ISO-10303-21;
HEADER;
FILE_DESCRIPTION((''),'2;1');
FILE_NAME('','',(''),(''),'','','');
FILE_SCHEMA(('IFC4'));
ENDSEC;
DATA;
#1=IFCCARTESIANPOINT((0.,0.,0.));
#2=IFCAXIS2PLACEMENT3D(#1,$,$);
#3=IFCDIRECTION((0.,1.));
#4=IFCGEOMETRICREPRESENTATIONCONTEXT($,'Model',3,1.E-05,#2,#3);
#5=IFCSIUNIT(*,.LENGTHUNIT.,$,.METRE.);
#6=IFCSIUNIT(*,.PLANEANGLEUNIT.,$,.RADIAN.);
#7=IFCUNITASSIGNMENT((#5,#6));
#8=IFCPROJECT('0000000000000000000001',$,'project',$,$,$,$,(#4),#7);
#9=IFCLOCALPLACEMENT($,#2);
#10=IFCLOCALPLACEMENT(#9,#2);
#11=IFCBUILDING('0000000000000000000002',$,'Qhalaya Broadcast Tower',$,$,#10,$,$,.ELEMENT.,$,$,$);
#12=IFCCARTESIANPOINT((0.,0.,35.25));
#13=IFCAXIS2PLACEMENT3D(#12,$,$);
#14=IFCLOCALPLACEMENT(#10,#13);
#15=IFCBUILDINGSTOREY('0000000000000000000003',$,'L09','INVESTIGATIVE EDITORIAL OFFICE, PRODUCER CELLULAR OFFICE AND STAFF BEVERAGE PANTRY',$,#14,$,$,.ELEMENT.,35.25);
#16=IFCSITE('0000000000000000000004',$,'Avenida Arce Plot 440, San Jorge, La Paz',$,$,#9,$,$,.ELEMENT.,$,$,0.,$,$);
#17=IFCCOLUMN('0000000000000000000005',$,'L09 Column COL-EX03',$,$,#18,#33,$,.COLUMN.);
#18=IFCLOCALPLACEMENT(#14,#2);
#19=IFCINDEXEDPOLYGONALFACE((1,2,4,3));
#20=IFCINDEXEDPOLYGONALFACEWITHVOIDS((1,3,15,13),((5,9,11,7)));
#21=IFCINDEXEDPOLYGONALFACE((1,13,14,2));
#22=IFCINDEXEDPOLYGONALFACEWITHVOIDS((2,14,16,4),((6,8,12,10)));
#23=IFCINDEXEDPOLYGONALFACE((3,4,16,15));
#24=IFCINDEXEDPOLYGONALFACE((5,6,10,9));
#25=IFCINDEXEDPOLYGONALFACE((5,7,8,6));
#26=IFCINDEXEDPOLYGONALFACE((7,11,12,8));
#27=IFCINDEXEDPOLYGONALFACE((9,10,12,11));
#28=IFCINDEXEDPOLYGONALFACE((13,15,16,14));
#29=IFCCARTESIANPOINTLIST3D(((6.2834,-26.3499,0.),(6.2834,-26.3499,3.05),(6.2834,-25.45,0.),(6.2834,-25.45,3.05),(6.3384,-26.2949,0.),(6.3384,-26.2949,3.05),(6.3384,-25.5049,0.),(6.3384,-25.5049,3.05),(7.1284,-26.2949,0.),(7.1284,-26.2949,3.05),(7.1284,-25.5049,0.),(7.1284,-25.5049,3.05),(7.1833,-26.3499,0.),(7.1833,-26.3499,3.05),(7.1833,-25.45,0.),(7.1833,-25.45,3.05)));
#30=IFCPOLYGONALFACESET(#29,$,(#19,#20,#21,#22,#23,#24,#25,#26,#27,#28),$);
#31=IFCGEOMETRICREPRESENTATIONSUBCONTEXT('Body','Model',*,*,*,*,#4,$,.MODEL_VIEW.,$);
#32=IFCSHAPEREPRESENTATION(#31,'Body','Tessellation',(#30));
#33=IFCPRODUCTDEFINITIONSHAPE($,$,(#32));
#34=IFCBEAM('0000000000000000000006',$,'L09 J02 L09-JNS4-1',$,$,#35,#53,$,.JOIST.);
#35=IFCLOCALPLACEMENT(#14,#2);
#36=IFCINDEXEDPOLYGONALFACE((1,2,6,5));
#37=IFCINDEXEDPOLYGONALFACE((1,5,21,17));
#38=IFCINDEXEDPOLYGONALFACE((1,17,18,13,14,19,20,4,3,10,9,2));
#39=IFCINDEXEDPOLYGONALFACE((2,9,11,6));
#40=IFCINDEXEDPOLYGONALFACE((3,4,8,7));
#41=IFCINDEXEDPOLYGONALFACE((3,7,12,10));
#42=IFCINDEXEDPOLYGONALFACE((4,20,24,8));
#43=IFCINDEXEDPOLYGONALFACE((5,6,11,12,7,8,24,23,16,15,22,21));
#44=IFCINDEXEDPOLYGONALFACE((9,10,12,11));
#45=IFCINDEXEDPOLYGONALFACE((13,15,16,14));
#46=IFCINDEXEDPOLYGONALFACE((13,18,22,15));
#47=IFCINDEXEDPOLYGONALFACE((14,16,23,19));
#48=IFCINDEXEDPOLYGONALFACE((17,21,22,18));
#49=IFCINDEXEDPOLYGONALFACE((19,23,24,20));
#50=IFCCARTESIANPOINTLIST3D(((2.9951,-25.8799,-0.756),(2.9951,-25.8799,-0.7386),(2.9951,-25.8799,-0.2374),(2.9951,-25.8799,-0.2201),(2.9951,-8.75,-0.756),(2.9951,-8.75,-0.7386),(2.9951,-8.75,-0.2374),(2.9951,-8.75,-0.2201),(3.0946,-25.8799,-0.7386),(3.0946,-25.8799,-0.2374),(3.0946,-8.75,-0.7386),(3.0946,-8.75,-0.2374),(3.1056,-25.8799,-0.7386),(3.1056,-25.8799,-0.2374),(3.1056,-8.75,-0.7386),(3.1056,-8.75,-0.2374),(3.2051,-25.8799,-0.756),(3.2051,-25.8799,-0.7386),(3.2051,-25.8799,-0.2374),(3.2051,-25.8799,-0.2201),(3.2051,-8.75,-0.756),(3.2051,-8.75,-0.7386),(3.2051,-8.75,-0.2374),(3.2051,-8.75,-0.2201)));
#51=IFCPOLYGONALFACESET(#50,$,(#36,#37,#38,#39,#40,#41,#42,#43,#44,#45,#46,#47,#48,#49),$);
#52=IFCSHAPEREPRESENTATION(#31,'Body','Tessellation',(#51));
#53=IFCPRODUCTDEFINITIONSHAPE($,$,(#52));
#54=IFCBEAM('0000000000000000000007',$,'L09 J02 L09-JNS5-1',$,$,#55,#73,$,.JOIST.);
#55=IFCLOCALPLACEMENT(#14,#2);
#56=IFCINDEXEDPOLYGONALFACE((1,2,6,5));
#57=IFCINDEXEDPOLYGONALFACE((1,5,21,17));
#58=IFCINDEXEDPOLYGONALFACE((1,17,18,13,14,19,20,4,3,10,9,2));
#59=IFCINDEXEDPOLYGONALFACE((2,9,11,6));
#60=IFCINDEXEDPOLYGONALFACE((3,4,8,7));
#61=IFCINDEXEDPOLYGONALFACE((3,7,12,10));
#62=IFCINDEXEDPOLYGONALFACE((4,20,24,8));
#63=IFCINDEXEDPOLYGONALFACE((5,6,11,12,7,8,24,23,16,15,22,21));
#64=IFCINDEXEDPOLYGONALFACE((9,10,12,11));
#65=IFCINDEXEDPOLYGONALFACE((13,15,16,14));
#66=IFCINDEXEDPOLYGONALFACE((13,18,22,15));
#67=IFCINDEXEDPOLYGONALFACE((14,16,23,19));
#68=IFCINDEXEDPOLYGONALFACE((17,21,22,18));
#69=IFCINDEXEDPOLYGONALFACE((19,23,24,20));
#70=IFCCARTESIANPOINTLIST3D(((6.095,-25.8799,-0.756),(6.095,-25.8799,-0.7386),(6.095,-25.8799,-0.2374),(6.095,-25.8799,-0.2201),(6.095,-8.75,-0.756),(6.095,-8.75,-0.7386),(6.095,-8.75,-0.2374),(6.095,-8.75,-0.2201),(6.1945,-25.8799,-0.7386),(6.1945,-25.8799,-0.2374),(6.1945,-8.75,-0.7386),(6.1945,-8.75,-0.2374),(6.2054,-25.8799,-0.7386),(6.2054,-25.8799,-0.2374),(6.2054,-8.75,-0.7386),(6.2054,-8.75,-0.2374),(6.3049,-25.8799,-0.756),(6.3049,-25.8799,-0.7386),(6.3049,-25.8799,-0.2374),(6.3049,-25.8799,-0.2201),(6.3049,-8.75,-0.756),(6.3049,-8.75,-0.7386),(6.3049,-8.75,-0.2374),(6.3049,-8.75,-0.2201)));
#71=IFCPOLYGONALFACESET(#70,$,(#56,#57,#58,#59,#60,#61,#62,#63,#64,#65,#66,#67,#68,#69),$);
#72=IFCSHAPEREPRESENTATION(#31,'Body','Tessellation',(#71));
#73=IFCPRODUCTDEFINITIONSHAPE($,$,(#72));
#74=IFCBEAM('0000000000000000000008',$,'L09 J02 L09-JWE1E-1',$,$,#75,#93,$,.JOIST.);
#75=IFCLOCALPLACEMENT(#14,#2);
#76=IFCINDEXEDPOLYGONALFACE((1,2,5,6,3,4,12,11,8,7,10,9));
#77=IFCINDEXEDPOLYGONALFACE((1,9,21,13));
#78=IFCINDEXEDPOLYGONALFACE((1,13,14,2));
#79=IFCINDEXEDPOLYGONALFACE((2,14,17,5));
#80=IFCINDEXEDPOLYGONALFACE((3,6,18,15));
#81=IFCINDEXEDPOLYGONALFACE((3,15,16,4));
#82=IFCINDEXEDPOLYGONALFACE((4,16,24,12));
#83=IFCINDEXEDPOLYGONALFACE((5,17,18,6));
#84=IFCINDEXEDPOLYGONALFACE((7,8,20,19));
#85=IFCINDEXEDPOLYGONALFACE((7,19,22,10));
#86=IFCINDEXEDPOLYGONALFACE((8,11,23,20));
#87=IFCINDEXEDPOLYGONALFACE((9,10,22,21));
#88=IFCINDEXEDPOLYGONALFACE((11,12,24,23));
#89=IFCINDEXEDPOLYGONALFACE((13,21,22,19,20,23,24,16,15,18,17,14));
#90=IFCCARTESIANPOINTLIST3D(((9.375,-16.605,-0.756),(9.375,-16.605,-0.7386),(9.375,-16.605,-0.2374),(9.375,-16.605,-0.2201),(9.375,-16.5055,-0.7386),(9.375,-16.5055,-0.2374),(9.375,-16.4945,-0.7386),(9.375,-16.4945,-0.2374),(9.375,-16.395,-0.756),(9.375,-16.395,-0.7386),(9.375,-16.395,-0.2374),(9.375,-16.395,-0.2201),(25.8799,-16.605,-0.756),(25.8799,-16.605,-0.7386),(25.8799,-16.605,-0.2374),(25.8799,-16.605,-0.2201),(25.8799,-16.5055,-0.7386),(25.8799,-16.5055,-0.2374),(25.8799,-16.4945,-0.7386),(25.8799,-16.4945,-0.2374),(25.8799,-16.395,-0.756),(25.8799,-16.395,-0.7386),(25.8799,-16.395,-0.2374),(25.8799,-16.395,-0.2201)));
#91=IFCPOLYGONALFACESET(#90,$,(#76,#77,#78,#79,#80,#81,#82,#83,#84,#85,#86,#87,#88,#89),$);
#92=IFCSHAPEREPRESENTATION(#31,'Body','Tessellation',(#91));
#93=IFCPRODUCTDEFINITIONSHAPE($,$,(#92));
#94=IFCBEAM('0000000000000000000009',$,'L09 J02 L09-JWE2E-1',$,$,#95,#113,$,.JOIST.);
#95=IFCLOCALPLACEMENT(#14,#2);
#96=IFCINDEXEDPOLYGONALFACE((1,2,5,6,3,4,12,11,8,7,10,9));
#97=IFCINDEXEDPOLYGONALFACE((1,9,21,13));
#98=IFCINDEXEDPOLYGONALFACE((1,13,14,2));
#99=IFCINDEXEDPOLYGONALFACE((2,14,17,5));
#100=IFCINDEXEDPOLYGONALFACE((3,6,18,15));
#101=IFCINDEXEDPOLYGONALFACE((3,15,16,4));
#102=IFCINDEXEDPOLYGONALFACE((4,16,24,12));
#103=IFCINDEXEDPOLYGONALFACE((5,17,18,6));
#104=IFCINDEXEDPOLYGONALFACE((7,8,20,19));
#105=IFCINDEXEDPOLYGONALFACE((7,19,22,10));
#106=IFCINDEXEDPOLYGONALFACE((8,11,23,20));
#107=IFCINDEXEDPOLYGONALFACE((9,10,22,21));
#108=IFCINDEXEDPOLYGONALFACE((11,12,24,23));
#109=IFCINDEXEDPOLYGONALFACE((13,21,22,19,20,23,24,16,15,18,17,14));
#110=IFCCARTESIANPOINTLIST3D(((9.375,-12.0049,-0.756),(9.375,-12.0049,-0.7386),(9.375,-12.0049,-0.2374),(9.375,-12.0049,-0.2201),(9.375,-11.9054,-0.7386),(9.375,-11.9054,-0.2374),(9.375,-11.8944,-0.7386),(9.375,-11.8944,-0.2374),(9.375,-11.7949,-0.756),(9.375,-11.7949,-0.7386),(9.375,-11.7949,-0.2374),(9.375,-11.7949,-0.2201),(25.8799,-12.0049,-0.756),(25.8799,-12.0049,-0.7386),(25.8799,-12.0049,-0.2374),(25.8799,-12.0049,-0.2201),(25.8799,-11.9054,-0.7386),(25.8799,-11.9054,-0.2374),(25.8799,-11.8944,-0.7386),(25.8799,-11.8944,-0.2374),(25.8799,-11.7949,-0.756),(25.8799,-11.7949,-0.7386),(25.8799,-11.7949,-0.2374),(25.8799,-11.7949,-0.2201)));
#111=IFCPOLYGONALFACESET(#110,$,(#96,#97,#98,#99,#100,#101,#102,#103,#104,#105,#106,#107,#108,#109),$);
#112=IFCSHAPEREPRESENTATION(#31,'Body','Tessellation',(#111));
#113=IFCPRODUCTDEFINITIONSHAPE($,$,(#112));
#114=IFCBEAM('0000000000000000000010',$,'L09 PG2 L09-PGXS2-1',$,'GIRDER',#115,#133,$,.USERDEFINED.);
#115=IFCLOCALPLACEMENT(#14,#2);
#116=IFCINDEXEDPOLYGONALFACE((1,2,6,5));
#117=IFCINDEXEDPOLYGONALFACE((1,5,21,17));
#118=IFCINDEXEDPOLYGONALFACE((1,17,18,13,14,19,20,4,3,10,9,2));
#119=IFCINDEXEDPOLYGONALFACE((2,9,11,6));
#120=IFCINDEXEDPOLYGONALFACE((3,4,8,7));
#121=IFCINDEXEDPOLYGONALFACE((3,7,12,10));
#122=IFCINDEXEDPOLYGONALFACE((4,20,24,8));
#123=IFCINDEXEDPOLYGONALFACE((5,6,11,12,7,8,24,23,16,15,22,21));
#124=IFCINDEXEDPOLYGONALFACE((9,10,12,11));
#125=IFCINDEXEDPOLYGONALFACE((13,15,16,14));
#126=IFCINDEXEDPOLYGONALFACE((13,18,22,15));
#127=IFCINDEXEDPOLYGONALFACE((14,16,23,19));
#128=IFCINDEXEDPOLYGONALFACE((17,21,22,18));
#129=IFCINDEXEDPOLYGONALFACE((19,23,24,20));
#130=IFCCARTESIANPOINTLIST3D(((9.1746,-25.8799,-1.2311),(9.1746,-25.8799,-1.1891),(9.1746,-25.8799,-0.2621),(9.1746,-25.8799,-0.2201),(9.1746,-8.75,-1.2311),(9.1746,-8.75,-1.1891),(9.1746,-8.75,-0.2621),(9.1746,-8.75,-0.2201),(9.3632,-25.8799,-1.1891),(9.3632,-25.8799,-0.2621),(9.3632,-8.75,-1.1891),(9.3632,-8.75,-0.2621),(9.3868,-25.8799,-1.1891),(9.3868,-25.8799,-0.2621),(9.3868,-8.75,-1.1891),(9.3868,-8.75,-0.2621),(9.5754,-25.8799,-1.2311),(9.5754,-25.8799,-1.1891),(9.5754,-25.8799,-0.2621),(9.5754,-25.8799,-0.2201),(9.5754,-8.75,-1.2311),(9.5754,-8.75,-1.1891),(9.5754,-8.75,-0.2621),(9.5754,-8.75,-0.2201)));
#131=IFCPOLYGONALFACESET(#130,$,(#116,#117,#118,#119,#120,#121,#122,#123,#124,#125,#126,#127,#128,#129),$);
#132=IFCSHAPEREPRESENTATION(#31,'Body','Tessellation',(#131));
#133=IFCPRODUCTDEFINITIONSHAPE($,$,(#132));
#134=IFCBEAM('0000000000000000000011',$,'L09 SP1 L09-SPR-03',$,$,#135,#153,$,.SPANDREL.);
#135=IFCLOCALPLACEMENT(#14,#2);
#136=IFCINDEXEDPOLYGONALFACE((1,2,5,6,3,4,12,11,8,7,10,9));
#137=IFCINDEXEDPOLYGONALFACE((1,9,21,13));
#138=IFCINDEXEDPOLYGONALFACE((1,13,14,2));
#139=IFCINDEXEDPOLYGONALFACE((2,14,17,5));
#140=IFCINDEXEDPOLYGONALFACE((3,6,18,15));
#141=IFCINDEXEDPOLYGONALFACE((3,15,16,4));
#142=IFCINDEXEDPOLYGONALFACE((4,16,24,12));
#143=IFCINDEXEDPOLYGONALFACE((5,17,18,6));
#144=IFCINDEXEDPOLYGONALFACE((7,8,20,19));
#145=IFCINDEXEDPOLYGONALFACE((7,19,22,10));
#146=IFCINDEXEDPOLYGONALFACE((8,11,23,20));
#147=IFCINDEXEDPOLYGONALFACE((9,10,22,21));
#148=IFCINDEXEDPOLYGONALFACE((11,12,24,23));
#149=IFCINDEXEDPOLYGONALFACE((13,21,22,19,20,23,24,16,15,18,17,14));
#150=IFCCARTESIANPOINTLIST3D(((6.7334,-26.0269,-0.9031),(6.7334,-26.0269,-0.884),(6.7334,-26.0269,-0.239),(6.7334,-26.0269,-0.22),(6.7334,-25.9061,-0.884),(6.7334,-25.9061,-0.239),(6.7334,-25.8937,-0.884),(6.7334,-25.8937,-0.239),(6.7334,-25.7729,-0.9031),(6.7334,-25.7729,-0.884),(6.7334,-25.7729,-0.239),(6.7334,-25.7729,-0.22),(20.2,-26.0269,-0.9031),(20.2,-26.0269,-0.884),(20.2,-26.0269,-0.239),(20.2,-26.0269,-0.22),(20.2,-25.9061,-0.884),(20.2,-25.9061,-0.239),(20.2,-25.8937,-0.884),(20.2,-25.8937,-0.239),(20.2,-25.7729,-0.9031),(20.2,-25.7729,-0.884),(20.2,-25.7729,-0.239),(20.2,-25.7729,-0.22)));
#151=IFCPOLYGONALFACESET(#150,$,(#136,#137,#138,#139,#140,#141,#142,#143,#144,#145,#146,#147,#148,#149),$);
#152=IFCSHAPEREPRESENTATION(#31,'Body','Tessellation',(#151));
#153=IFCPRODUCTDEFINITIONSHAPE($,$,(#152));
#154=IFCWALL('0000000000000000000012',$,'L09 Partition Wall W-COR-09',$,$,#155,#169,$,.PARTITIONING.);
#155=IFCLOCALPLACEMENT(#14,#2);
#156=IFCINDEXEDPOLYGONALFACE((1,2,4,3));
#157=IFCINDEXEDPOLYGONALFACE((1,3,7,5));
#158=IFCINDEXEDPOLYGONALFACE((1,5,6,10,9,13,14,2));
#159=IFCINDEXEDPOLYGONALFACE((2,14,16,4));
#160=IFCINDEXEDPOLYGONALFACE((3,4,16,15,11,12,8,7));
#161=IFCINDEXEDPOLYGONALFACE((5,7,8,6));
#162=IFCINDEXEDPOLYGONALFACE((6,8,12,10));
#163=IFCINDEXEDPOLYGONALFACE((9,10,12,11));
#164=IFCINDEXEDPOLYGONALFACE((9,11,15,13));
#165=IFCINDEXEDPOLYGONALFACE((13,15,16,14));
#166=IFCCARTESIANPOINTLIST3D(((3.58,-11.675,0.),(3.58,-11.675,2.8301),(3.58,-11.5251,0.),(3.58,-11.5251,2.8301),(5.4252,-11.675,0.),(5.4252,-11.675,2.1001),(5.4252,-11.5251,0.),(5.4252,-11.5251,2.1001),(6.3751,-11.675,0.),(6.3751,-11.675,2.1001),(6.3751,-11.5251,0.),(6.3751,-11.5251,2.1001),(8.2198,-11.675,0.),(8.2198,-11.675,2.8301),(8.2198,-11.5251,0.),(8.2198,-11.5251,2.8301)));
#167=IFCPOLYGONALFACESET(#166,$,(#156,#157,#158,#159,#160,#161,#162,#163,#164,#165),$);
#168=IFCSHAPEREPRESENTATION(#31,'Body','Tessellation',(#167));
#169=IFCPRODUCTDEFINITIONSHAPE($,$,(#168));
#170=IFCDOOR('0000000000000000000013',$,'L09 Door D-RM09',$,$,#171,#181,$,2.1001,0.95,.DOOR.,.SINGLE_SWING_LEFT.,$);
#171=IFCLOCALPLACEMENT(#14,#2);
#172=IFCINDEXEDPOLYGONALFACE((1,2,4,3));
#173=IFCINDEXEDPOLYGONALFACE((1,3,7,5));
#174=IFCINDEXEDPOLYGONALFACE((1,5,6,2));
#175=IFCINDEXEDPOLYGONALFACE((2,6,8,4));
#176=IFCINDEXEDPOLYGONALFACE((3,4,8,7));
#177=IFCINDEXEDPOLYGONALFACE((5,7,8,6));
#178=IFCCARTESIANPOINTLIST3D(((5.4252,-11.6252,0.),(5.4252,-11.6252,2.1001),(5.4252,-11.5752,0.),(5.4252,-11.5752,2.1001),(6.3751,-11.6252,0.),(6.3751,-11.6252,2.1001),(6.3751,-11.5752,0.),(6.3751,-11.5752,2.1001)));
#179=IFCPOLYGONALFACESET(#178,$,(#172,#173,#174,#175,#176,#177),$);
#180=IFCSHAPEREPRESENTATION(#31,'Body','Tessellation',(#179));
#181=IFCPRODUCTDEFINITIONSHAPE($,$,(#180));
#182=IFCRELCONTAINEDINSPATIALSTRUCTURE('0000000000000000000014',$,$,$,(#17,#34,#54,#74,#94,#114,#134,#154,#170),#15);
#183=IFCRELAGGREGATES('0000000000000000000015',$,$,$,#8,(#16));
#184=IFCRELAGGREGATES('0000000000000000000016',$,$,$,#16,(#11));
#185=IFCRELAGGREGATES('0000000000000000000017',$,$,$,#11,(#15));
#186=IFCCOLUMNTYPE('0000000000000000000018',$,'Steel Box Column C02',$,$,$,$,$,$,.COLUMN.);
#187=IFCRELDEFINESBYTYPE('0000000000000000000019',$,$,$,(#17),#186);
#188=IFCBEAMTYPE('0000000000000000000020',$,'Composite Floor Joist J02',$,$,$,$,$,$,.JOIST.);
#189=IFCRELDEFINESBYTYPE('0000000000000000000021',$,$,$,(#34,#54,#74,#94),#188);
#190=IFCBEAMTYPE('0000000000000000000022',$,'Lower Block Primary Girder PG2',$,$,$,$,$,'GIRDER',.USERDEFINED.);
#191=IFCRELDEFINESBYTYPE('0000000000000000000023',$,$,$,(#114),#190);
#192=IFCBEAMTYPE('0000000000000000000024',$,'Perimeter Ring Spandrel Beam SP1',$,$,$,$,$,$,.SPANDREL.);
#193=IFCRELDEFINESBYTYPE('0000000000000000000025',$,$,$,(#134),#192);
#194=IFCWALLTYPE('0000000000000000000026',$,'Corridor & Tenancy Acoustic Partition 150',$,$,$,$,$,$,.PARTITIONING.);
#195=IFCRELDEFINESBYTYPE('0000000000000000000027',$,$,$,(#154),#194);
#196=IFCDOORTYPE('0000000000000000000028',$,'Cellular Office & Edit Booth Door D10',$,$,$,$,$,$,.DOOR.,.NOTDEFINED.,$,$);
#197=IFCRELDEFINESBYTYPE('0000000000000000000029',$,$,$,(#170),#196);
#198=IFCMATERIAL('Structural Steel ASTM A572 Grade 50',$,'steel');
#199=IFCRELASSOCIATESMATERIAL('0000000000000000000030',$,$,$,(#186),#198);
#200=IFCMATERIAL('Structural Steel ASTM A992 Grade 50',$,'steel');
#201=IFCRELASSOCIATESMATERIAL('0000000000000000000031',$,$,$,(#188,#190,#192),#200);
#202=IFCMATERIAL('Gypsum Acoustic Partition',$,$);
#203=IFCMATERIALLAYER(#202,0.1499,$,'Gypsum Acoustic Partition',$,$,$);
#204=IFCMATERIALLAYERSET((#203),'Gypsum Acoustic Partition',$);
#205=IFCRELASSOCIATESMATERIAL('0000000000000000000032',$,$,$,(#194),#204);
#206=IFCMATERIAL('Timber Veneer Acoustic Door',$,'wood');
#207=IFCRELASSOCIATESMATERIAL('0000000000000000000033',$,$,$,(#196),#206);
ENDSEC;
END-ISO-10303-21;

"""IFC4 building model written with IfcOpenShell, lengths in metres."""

from ifc_helpers import new_model, si_unit, direction, frame, frame_2d, origin, origin_2d, place, context, subcontext, project, spatial, rectangle, hollow_rectangle, i_section, extrude, material, layer, layer_set, material_profile, profile_set, type_object, element, fill, save


model = new_model("IFC4")

# Units and contexts
model_context = context("Model", 3, precision=1e-05, world=origin(), true_north=direction((0.0, 1.0)))
body_context = subcontext(model_context, "Body", "Model", "MODEL_VIEW")
ifc_project = project(units=[si_unit("LENGTHUNIT", "METRE"), si_unit("PLANEANGLEUNIT", "RADIAN")], contexts=[model_context])

# Site, building, storey
site_placement = place(None, origin())
site = spatial("IfcSite", under=ifc_project, at=site_placement, Name="Avenida Arce Plot 440, San Jorge, La Paz", CompositionType="ELEMENT", RefElevation=0.0)
building_placement = place(site_placement, origin())
building = spatial("IfcBuilding", under=site, at=building_placement, Name="Qhalaya Broadcast Tower", CompositionType="ELEMENT")
storey_placement = place(building_placement, frame((0.0, 0.0, 35.25)))
storey = spatial("IfcBuildingStorey", under=building, at=storey_placement, Name="L09", Description="INVESTIGATIVE EDITORIAL OFFICE, PRODUCER CELLULAR OFFICE AND STAFF BEVERAGE PANTRY", CompositionType="ELEMENT", Elevation=35.25)

# Column
ifc_material_1 = material(Name="Structural Steel ASTM A572 Grade 50", Category="steel")
ifc_material_profile_1 = material_profile(ifc_material_1, hollow_rectangle(XDim=0.8999, YDim=0.8999, WallThickness=0.0549, at=origin_2d()), Name="BOX 900x900x55")
ifc_profile_set_1 = profile_set([ifc_material_profile_1], Name="Structural Steel ASTM A572 Grade 50")
column_type = type_object("IfcColumnType", Name="Steel Box Column C02", PredefinedType="COLUMN", material=ifc_profile_set_1)
column_placement = place(storey_placement, frame((6.7334, -25.8999, 0.0), z_axis=(0.0, 0.0, 1.0), x_axis=(1.0, 0.0, 0.0)))
element("IfcColumn", 1, at=column_placement, inside=storey, type_object=column_type, Name="L09 Column COL-EX03", PredefinedType="COLUMN", context=body_context, shape_type="SweptSolid", body=[
    extrude(hollow_rectangle(XDim=0.8999, YDim=0.8999, WallThickness=0.0549, at=origin_2d()), origin(), (0.0, 0.0, 1.0), 3.05),
])

# Beams
ifc_material_2 = material(Name="Structural Steel ASTM A992 Grade 50", Category="steel")
ifc_material_profile_2 = material_profile(ifc_material_2, i_section(OverallWidth=0.21, OverallDepth=0.5359, WebThickness=0.011, FlangeThickness=0.0173, at=origin_2d()), Name="W21X68")
ifc_profile_set_2 = profile_set([ifc_material_profile_2], Name="Structural Steel ASTM A992 Grade 50")
beam_type_1 = type_object("IfcBeamType", Name="Composite Floor Joist J02", PredefinedType="JOIST", material=ifc_profile_set_2)
for number, where, z_axis, x_axis, name in (
    (2, (3.1001, -25.8799, -0.488), (0.0, 1.0, 0.0), (-1.0, 0.0, 0.0), "L09 J02 L09-JNS4-1"),
    (3, (6.2, -25.8799, -0.488), (0.0, 1.0, 0.0), (-1.0, 0.0, 0.0), "L09 J02 L09-JNS5-1"),
):
    element("IfcBeam", number, at=place(storey_placement, frame(where, z_axis=z_axis, x_axis=x_axis)), inside=storey, type_object=beam_type_1, Name=name, PredefinedType="JOIST", context=body_context, shape_type="SweptSolid", body=[
        extrude(i_section(OverallWidth=0.21, OverallDepth=0.5359, WebThickness=0.011, FlangeThickness=0.0173, at=origin_2d()), origin(), (0.0, 0.0, 1.0), 17.1299),
    ])
for number, where, z_axis, x_axis, name in (
    (4, (9.375, -16.5, -0.488), (1.0, 0.0, 0.0), (0.0, 1.0, 0.0), "L09 J02 L09-JWE1E-1"),
    (5, (9.375, -11.8999, -0.488), (1.0, 0.0, 0.0), (0.0, 1.0, 0.0), "L09 J02 L09-JWE2E-1"),
):
    element("IfcBeam", number, at=place(storey_placement, frame(where, z_axis=z_axis, x_axis=x_axis)), inside=storey, type_object=beam_type_1, Name=name, PredefinedType="JOIST", context=body_context, shape_type="SweptSolid", body=[
        extrude(i_section(OverallWidth=0.21, OverallDepth=0.5359, WebThickness=0.011, FlangeThickness=0.0173, at=origin_2d()), origin(), (0.0, 0.0, 1.0), 16.5049),
    ])
ifc_material_profile_3 = material_profile(ifc_material_2, i_section(OverallWidth=0.4009, OverallDepth=1.011, WebThickness=0.0237, FlangeThickness=0.042, at=origin_2d()), Name="W40X297")
ifc_profile_set_3 = profile_set([ifc_material_profile_3], Name="Structural Steel ASTM A992 Grade 50")
beam_type_2 = type_object("IfcBeamType", Name="Lower Block Primary Girder PG2", ElementType="GIRDER", PredefinedType="USERDEFINED", material=ifc_profile_set_3)
beam_1_placement = place(storey_placement, frame((9.375, -25.8799, -0.7256), z_axis=(0.0, 1.0, 0.0), x_axis=(-1.0, 0.0, 0.0)))
element("IfcBeam", 6, at=beam_1_placement, inside=storey, type_object=beam_type_2, Name="L09 PG2 L09-PGXS2-1", ObjectType="GIRDER", PredefinedType="USERDEFINED", context=body_context, shape_type="SweptSolid", body=[
    extrude(i_section(OverallWidth=0.4009, OverallDepth=1.011, WebThickness=0.0237, FlangeThickness=0.042, at=origin_2d()), origin(), (0.0, 0.0, 1.0), 17.1299),
])
ifc_material_profile_4 = material_profile(ifc_material_2, i_section(OverallWidth=0.2539, OverallDepth=0.6831, WebThickness=0.0125, FlangeThickness=0.019, at=origin_2d()), Name="W27X94")
ifc_profile_set_4 = profile_set([ifc_material_profile_4], Name="Structural Steel ASTM A992 Grade 50")
beam_type_3 = type_object("IfcBeamType", Name="Perimeter Ring Spandrel Beam SP1", PredefinedType="SPANDREL", material=ifc_profile_set_4)
beam_2_placement = place(storey_placement, frame((6.7334, -25.8999, -0.5615), z_axis=(1.0, 0.0, 0.0), x_axis=(0.0, 1.0, 0.0)))
element("IfcBeam", 7, at=beam_2_placement, inside=storey, type_object=beam_type_3, Name="L09 SP1 L09-SPR-03", PredefinedType="SPANDREL", context=body_context, shape_type="SweptSolid", body=[
    extrude(i_section(OverallWidth=0.2539, OverallDepth=0.6831, WebThickness=0.0125, FlangeThickness=0.019, at=origin_2d()), origin(), (0.0, 0.0, 1.0), 13.4666),
])

# Wall, opening, door
ifc_material_3 = material(Name="Gypsum Acoustic Partition")
ifc_layer_1 = layer(ifc_material_3, 0.1499, Name="Gypsum Acoustic Partition")
ifc_layer_set_1 = layer_set([ifc_layer_1], Name="Gypsum Acoustic Partition")
wall_type_1 = type_object("IfcWallType", Name="Corridor & Tenancy Acoustic Partition 150", PredefinedType="PARTITIONING", material=ifc_layer_set_1)
wall_1_placement = place(storey_placement, frame((3.5801, -11.6001, 0.0), z_axis=(0.0, 0.0, 1.0), x_axis=(1.0, 0.0, 0.0)))
wall_1 = element("IfcWall", 8, at=wall_1_placement, inside=storey, type_object=wall_type_1, Name="L09 Partition Wall W-COR-09", PredefinedType="PARTITIONING", context=body_context, shape_type="SweptSolid", body=[
    extrude(rectangle(XDim=4.6399, YDim=0.1499, at=frame_2d((2.3198, 0.0))), origin(), (0.0, 0.0, 1.0), 2.8301),
])
opening_1_placement = place(wall_1_placement, frame((1.845, 0.0, 0.0)))
opening_1 = element("IfcOpeningElement", 9, at=opening_1_placement, cuts=wall_1, PredefinedType="OPENING", context=body_context, shape_type="SweptSolid", body=[
    extrude(rectangle(XDim=0.95, YDim=2.1001, at=frame_2d((0.4751, 1.05))), frame((0.0, 0.0869, 0.0), z_axis=(0.0, -1.0, 0.0), x_axis=(1.0, 0.0, 0.0)), (0.0, 0.0, 1.0), 0.1738),
])
ifc_material_4 = material(Name="Timber Veneer Acoustic Door", Category="wood")
door_type = type_object("IfcDoorType", Name="Cellular Office & Edit Booth Door D10", OperationType="NOTDEFINED", PredefinedType="DOOR", material=ifc_material_4)
door_placement = place(opening_1_placement, origin())
door = element("IfcDoor", 10, at=door_placement, inside=storey, type_object=door_type, Name="L09 Door D-RM09", OperationType="SINGLE_SWING_LEFT", OverallHeight=2.1001, OverallWidth=0.95, PredefinedType="DOOR", context=body_context, shape_type="SweptSolid", body=[
    extrude(rectangle(XDim=0.95, YDim=2.1001, at=frame_2d((0.4751, 1.05))), frame((0.0, 0.0249, 0.0), z_axis=(0.0, -1.0, 0.0), x_axis=(1.0, 0.0, 0.0)), (0.0, 0.0, 1.0), 0.05),
])
fill(opening_1, door)

save(model, "model.ifc")
